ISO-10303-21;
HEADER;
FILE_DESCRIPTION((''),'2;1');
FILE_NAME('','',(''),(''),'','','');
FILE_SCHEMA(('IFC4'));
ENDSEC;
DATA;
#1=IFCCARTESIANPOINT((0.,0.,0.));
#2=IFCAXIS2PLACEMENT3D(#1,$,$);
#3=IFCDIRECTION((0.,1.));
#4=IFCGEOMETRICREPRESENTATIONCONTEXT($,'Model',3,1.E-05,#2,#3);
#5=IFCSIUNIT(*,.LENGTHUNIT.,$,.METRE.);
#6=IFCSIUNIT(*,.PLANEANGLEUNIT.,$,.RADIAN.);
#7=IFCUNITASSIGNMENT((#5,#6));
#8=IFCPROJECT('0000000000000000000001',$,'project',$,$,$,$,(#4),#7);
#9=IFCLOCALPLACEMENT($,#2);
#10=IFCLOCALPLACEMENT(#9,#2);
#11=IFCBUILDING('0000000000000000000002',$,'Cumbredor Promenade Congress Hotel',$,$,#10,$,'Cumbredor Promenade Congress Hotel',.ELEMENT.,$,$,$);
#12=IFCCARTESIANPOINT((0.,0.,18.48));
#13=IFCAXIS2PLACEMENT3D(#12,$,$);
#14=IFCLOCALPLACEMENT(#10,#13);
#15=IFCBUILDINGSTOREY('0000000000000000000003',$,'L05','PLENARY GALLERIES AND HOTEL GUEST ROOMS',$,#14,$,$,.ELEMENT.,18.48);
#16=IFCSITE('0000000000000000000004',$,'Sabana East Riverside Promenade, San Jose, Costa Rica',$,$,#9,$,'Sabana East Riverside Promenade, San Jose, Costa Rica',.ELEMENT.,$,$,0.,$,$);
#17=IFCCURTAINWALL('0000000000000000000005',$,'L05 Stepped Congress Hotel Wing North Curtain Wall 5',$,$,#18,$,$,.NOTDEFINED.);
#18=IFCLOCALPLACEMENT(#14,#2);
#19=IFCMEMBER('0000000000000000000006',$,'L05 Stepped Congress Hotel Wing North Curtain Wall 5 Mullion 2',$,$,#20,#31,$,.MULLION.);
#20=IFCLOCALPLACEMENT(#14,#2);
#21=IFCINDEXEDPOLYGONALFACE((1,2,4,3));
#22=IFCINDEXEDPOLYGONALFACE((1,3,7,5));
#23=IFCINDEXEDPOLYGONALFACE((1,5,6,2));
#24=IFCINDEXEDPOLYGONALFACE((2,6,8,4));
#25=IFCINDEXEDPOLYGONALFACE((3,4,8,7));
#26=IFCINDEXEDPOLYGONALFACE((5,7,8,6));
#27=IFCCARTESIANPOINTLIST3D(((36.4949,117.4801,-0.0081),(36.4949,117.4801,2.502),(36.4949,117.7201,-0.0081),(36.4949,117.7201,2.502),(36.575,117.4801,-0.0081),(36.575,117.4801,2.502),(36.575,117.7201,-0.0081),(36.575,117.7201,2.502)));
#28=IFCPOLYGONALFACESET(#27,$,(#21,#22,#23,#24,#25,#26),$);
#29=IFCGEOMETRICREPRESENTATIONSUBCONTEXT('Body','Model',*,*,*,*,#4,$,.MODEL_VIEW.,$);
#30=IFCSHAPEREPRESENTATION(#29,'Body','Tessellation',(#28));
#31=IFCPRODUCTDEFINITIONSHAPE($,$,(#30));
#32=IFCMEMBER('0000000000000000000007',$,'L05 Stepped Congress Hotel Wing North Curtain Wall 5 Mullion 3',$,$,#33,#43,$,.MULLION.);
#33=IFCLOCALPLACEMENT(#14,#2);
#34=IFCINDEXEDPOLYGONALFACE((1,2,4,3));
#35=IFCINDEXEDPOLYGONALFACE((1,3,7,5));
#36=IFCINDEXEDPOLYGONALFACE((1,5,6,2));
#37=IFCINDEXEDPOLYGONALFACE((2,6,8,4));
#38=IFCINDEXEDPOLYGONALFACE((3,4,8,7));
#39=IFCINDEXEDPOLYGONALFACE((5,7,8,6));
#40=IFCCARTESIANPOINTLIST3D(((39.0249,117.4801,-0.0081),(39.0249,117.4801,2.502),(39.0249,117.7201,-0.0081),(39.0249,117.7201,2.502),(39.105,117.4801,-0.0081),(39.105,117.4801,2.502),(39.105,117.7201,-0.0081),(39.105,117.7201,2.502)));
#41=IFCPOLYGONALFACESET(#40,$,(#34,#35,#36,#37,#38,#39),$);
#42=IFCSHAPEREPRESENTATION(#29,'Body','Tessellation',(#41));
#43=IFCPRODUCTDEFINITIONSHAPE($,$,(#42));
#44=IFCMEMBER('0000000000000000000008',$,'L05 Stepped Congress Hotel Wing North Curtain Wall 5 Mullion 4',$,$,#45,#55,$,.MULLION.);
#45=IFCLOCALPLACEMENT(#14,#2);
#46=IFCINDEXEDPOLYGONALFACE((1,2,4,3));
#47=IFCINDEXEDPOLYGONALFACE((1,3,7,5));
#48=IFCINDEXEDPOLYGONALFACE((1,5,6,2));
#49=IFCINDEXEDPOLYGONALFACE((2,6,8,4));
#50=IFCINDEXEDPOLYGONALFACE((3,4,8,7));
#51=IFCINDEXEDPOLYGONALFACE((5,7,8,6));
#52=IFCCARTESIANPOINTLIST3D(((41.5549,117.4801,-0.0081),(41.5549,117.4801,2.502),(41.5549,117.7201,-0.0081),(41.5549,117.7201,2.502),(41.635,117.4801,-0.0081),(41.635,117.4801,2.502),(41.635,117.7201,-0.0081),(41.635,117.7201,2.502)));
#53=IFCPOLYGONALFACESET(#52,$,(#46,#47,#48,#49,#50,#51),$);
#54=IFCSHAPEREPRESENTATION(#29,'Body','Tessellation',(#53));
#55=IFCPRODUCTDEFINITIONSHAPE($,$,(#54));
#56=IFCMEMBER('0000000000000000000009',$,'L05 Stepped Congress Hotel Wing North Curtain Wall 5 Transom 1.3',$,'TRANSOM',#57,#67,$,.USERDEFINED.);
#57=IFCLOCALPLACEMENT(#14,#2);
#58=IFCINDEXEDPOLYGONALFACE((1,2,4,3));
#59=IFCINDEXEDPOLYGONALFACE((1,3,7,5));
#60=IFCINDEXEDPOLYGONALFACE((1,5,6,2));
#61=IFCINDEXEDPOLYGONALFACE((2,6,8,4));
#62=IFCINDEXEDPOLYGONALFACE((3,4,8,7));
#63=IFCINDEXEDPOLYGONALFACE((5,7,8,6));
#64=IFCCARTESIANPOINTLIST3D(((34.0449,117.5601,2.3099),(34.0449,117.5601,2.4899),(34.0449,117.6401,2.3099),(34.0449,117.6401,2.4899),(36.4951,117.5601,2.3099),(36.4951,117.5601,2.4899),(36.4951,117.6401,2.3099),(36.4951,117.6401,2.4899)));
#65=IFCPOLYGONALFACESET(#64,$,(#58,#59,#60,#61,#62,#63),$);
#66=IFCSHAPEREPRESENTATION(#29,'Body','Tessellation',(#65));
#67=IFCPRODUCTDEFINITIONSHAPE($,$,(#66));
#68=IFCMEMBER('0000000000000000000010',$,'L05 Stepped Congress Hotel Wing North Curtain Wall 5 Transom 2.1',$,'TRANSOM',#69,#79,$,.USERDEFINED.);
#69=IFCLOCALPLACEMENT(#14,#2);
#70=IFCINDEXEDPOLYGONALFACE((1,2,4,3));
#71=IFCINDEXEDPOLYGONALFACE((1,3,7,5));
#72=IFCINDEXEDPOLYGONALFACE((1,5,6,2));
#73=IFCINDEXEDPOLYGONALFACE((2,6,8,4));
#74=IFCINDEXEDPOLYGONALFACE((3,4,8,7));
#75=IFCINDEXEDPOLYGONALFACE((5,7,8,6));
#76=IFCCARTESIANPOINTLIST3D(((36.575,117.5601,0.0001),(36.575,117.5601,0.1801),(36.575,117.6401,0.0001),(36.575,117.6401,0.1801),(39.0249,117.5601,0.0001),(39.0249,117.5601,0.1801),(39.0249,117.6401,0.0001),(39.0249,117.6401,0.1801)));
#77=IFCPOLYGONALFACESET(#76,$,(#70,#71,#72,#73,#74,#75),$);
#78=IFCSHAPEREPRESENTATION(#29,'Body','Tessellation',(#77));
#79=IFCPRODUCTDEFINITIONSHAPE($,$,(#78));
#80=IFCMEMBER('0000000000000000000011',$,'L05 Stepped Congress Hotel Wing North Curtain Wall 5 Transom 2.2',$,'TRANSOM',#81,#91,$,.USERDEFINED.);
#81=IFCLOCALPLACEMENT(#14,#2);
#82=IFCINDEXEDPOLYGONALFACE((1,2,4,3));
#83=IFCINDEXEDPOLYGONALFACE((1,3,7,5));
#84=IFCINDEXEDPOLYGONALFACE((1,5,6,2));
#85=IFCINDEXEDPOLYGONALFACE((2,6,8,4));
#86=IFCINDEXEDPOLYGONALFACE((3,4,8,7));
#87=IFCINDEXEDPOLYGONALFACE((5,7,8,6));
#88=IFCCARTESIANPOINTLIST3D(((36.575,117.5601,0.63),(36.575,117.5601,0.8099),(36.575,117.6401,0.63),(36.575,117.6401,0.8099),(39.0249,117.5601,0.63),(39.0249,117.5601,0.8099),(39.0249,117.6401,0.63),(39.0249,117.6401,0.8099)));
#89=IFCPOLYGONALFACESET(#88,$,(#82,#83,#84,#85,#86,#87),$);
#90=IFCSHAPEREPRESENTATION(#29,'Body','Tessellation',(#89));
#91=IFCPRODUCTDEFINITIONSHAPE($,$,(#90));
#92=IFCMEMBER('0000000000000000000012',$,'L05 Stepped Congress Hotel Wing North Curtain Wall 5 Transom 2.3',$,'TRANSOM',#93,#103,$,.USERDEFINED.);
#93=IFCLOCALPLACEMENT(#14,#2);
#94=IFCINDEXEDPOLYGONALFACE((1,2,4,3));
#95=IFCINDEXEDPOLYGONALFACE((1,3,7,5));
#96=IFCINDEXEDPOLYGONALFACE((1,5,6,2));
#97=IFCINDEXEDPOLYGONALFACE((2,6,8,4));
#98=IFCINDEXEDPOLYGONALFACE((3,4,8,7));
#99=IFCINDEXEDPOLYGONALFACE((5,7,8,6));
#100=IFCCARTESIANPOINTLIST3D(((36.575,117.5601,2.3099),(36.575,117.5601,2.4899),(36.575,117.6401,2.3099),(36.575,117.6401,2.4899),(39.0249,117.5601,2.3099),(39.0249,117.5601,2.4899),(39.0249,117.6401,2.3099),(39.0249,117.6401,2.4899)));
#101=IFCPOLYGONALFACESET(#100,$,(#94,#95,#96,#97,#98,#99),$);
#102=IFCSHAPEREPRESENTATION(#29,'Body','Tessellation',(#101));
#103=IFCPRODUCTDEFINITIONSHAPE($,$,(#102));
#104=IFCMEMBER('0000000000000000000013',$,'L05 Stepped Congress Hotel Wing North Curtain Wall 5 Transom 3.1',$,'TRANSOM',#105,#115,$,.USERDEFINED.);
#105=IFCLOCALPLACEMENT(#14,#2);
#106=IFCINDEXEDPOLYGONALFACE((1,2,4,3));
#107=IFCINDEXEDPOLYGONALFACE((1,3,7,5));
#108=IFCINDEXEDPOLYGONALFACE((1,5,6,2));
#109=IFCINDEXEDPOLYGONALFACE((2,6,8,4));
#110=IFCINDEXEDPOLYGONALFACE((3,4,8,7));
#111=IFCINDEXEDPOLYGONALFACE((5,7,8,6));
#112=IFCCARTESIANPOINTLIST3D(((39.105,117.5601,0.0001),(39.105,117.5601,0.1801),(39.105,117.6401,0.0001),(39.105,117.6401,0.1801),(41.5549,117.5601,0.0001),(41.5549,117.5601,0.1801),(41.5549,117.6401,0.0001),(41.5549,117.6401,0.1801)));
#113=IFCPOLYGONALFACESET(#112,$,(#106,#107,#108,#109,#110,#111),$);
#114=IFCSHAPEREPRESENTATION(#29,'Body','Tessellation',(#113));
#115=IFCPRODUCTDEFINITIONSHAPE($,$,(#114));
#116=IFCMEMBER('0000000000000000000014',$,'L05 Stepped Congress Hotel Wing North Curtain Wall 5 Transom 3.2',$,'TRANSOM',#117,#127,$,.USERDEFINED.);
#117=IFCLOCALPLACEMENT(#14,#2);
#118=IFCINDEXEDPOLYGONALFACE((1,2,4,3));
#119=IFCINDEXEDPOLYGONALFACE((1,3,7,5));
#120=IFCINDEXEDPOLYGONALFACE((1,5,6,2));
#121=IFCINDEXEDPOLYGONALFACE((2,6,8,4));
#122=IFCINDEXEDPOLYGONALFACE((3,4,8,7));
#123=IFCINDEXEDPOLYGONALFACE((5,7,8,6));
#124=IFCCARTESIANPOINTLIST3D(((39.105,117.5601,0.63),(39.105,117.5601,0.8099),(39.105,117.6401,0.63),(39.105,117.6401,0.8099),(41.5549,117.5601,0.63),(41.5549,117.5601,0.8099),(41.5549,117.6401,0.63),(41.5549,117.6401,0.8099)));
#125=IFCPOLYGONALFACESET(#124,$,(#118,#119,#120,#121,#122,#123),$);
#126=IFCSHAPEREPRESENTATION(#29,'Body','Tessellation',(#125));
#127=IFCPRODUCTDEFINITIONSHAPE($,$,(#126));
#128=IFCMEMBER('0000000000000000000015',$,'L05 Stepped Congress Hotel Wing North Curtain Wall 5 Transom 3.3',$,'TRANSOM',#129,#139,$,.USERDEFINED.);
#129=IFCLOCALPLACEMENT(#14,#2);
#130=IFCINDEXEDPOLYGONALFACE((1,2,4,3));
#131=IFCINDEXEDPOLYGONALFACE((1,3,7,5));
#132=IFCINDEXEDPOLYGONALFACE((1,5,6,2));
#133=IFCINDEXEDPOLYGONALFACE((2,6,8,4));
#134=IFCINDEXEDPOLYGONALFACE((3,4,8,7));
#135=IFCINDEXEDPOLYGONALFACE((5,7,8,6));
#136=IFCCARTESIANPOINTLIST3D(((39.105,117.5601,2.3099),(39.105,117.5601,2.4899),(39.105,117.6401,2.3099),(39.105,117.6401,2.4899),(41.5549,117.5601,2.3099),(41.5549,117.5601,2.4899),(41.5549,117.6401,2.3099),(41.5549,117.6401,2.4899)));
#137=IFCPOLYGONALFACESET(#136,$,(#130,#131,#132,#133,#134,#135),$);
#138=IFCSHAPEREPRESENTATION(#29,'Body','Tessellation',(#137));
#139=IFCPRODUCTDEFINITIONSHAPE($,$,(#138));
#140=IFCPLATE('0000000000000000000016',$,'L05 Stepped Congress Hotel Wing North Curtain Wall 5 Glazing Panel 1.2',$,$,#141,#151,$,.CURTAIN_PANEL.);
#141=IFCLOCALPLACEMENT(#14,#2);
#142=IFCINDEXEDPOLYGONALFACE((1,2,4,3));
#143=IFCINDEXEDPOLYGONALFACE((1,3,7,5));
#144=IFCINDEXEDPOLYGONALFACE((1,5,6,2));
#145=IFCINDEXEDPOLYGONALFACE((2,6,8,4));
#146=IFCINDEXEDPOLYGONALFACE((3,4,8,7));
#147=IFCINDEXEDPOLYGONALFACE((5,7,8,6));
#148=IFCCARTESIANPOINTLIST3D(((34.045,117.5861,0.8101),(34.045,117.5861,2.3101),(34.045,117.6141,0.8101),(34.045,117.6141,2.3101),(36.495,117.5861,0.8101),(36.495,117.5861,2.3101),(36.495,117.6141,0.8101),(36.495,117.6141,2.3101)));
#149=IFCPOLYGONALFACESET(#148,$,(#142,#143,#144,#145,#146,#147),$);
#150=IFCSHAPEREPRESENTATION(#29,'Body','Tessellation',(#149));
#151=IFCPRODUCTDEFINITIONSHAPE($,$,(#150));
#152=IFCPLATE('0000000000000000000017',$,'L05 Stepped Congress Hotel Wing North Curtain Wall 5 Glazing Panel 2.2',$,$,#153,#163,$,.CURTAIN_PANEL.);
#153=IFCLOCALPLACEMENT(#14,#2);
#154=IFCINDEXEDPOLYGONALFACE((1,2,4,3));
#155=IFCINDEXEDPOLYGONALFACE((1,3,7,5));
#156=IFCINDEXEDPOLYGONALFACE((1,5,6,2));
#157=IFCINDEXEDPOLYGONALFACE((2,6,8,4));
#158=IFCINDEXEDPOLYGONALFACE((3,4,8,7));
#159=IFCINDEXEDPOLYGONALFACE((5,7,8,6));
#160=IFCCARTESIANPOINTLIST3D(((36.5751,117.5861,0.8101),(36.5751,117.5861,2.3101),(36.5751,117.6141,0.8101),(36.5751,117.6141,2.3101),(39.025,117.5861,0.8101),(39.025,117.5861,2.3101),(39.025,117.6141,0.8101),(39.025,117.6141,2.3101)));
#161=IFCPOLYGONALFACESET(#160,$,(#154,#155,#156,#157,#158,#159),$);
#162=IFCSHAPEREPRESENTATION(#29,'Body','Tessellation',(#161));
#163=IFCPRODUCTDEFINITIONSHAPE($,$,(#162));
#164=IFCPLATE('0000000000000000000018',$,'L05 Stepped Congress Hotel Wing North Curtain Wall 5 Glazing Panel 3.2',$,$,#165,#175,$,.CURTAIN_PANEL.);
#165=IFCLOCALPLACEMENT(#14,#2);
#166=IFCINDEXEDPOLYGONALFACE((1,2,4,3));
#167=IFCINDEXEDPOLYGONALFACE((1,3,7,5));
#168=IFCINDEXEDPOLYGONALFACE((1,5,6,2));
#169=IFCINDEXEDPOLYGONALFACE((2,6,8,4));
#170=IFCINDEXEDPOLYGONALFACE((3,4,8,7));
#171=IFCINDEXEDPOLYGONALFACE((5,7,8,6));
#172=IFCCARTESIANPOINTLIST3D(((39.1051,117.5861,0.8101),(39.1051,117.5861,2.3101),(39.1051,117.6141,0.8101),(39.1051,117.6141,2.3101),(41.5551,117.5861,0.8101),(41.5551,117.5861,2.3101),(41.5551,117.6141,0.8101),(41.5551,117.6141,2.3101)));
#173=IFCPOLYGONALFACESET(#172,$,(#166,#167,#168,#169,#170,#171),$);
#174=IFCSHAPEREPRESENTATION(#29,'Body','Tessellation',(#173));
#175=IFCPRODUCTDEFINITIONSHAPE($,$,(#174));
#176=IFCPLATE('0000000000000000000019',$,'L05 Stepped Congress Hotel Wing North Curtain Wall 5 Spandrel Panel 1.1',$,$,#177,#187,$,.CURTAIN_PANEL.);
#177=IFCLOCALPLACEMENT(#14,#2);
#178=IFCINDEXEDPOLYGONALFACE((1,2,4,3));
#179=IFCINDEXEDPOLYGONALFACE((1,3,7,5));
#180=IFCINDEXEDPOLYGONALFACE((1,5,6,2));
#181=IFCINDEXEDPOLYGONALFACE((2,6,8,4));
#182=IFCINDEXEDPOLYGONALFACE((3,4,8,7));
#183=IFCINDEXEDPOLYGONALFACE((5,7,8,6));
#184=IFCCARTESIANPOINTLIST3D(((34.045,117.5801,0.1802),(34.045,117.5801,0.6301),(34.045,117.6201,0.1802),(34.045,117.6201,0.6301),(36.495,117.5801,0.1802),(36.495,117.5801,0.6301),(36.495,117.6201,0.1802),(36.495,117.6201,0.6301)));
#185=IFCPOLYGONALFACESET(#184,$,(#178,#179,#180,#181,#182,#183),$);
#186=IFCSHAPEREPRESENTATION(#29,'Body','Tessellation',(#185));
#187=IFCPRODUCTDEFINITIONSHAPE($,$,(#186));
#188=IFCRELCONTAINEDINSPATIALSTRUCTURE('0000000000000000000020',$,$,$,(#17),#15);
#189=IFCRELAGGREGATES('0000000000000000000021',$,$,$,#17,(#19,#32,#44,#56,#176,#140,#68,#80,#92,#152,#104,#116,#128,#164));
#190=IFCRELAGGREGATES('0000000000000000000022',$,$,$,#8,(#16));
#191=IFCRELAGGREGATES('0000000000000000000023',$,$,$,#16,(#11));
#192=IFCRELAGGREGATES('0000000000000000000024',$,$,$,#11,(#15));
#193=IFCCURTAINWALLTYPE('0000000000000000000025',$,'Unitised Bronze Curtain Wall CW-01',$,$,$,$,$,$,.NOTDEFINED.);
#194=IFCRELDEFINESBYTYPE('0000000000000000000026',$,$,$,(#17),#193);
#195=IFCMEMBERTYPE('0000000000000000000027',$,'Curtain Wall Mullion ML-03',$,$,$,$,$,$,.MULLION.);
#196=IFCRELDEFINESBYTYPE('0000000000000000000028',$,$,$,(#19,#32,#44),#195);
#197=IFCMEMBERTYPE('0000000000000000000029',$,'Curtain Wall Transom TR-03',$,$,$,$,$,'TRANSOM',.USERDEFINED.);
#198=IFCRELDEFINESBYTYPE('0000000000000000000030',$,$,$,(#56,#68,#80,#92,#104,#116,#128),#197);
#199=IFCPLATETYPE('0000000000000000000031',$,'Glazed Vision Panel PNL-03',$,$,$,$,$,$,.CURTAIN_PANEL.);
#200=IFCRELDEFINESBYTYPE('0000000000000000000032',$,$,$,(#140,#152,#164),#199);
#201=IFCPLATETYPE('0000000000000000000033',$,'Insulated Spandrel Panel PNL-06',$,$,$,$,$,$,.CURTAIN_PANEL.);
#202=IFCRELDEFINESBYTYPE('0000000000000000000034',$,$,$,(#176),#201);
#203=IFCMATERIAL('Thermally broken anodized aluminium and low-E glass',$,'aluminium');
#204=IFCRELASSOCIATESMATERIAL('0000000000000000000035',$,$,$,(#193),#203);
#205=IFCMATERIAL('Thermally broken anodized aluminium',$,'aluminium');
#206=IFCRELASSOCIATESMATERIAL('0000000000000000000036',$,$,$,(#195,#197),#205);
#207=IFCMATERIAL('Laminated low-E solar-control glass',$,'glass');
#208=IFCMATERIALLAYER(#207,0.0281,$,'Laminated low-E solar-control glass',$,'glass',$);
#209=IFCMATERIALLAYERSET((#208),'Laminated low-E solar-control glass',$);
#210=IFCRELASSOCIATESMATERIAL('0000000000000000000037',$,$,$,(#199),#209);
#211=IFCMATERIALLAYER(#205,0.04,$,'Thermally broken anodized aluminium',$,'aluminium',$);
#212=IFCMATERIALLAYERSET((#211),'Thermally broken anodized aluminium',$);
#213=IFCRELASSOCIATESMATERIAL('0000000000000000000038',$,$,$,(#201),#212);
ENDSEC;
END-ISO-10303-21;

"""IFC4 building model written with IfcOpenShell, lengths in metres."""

from ifc_helpers import new_model, si_unit, direction, frame, origin, origin_2d, place, context, subcontext, project, spatial, rectangle, extrude, material, layer, layer_set, material_profile, profile_set, type_object, element, aggregate, save


model = new_model("IFC4")

# Units and contexts
model_context = context("Model", 3, precision=1e-05, world=origin(), true_north=direction((0.0, 1.0)))
body_context = subcontext(model_context, "Body", "Model", "MODEL_VIEW")
ifc_project = project(units=[si_unit("LENGTHUNIT", "METRE"), si_unit("PLANEANGLEUNIT", "RADIAN")], contexts=[model_context])

# Site, building, storey
site_placement = place(None, origin())
site = spatial("IfcSite", under=ifc_project, at=site_placement, Name="Sabana East Riverside Promenade, San Jose, Costa Rica", LongName="Sabana East Riverside Promenade, San Jose, Costa Rica", CompositionType="ELEMENT", RefElevation=0.0)
building_placement = place(site_placement, origin())
building = spatial("IfcBuilding", under=site, at=building_placement, Name="Cumbredor Promenade Congress Hotel", LongName="Cumbredor Promenade Congress Hotel", CompositionType="ELEMENT")
storey_placement = place(building_placement, frame((0.0, 0.0, 18.48)))
storey = spatial("IfcBuildingStorey", under=building, at=storey_placement, Name="L05", Description="PLENARY GALLERIES AND HOTEL GUEST ROOMS", CompositionType="ELEMENT", Elevation=18.48)

# Curtain wall, members, plates
ifc_material_1 = material(Name="Thermally broken anodized aluminium and low-E glass", Category="aluminium")
curtain_wall_type = type_object("IfcCurtainWallType", Name="Unitised Bronze Curtain Wall CW-01", PredefinedType="NOTDEFINED", material=ifc_material_1)
curtain_wall_placement = place(storey_placement, origin())
curtain_wall = element("IfcCurtainWall", 1, at=curtain_wall_placement, inside=storey, type_object=curtain_wall_type, Name="L05 Stepped Congress Hotel Wing North Curtain Wall 5", PredefinedType="NOTDEFINED")
ifc_material_2 = material(Name="Thermally broken anodized aluminium", Category="aluminium")
ifc_material_profile_1 = material_profile(ifc_material_2, rectangle(XDim=0.0801, YDim=0.24, at=origin_2d()), Name="ALU MULLION 80x240")
ifc_profile_set_1 = profile_set([ifc_material_profile_1], Name="Thermally broken anodized aluminium")
member_type_1 = type_object("IfcMemberType", Name="Curtain Wall Mullion ML-03", PredefinedType="MULLION", material=ifc_profile_set_1)
member_1_placement = place(storey_placement, frame((36.5349, 117.6001, -0.0081), z_axis=(0.0, 0.0, 1.0), x_axis=(1.0, 0.0, 0.0)))
member_1 = element("IfcMember", 2, at=member_1_placement, type_object=member_type_1, Name="L05 Stepped Congress Hotel Wing North Curtain Wall 5 Mullion 2", PredefinedType="MULLION", context=body_context, shape_type="SweptSolid", body=[
    extrude(rectangle(XDim=0.0801, YDim=0.24, at=origin_2d()), origin(), (0.0, 0.0, 1.0), 2.51),
])
member_2_placement = place(storey_placement, frame((39.0649, 117.6001, -0.0081), z_axis=(0.0, 0.0, 1.0), x_axis=(1.0, 0.0, 0.0)))
member_2 = element("IfcMember", 3, at=member_2_placement, type_object=member_type_1, Name="L05 Stepped Congress Hotel Wing North Curtain Wall 5 Mullion 3", PredefinedType="MULLION", context=body_context, shape_type="SweptSolid", body=[
    extrude(rectangle(XDim=0.0801, YDim=0.24, at=origin_2d()), origin(), (0.0, 0.0, 1.0), 2.51),
])
member_3_placement = place(storey_placement, frame((41.595, 117.6001, -0.0081), z_axis=(0.0, 0.0, 1.0), x_axis=(1.0, 0.0, 0.0)))
member_3 = element("IfcMember", 4, at=member_3_placement, type_object=member_type_1, Name="L05 Stepped Congress Hotel Wing North Curtain Wall 5 Mullion 4", PredefinedType="MULLION", context=body_context, shape_type="SweptSolid", body=[
    extrude(rectangle(XDim=0.0801, YDim=0.24, at=origin_2d()), origin(), (0.0, 0.0, 1.0), 2.51),
])
ifc_material_profile_2 = material_profile(ifc_material_2, rectangle(XDim=0.0801, YDim=0.1799, at=origin_2d()), Name="ALU TRANSOM 80x180")
ifc_profile_set_2 = profile_set([ifc_material_profile_2], Name="Thermally broken anodized aluminium")
member_type_2 = type_object("IfcMemberType", Name="Curtain Wall Transom TR-03", ElementType="TRANSOM", PredefinedType="USERDEFINED", material=ifc_profile_set_2)
member_4_placement = place(storey_placement, frame((34.0449, 117.6001, 2.3999), z_axis=(1.0, 0.0, 0.0), x_axis=(0.0, 1.0, 0.0)))
member_4 = element("IfcMember", 5, at=member_4_placement, type_object=member_type_2, Name="L05 Stepped Congress Hotel Wing North Curtain Wall 5 Transom 1.3", ObjectType="TRANSOM", PredefinedType="USERDEFINED", context=body_context, shape_type="SweptSolid", body=[
    extrude(rectangle(XDim=0.0801, YDim=0.1799, at=origin_2d()), origin(), (0.0, 0.0, 1.0), 2.4502),
])
member_5_placement = place(storey_placement, frame((36.575, 117.6001, 0.0901), z_axis=(1.0, 0.0, 0.0), x_axis=(0.0, 1.0, 0.0)))
member_5 = element("IfcMember", 6, at=member_5_placement, type_object=member_type_2, Name="L05 Stepped Congress Hotel Wing North Curtain Wall 5 Transom 2.1", ObjectType="TRANSOM", PredefinedType="USERDEFINED", context=body_context, shape_type="SweptSolid", body=[
    extrude(rectangle(XDim=0.0801, YDim=0.1799, at=origin_2d()), origin(), (0.0, 0.0, 1.0), 2.45),
])
member_6_placement = place(storey_placement, frame((36.575, 117.6001, 0.72), z_axis=(1.0, 0.0, 0.0), x_axis=(0.0, 1.0, 0.0)))
member_6 = element("IfcMember", 7, at=member_6_placement, type_object=member_type_2, Name="L05 Stepped Congress Hotel Wing North Curtain Wall 5 Transom 2.2", ObjectType="TRANSOM", PredefinedType="USERDEFINED", context=body_context, shape_type="SweptSolid", body=[
    extrude(rectangle(XDim=0.0801, YDim=0.1799, at=origin_2d()), origin(), (0.0, 0.0, 1.0), 2.45),
])
member_7_placement = place(storey_placement, frame((36.575, 117.6001, 2.3999), z_axis=(1.0, 0.0, 0.0), x_axis=(0.0, 1.0, 0.0)))
member_7 = element("IfcMember", 8, at=member_7_placement, type_object=member_type_2, Name="L05 Stepped Congress Hotel Wing North Curtain Wall 5 Transom 2.3", ObjectType="TRANSOM", PredefinedType="USERDEFINED", context=body_context, shape_type="SweptSolid", body=[
    extrude(rectangle(XDim=0.0801, YDim=0.1799, at=origin_2d()), origin(), (0.0, 0.0, 1.0), 2.45),
])
member_8_placement = place(storey_placement, frame((39.105, 117.6001, 0.0901), z_axis=(1.0, 0.0, 0.0), x_axis=(0.0, 1.0, 0.0)))
member_8 = element("IfcMember", 9, at=member_8_placement, type_object=member_type_2, Name="L05 Stepped Congress Hotel Wing North Curtain Wall 5 Transom 3.1", ObjectType="TRANSOM", PredefinedType="USERDEFINED", context=body_context, shape_type="SweptSolid", body=[
    extrude(rectangle(XDim=0.0801, YDim=0.1799, at=origin_2d()), origin(), (0.0, 0.0, 1.0), 2.45),
])
member_9_placement = place(storey_placement, frame((39.105, 117.6001, 0.72), z_axis=(1.0, 0.0, 0.0), x_axis=(0.0, 1.0, 0.0)))
member_9 = element("IfcMember", 10, at=member_9_placement, type_object=member_type_2, Name="L05 Stepped Congress Hotel Wing North Curtain Wall 5 Transom 3.2", ObjectType="TRANSOM", PredefinedType="USERDEFINED", context=body_context, shape_type="SweptSolid", body=[
    extrude(rectangle(XDim=0.0801, YDim=0.1799, at=origin_2d()), origin(), (0.0, 0.0, 1.0), 2.45),
])
member_10_placement = place(storey_placement, frame((39.105, 117.6001, 2.3999), z_axis=(1.0, 0.0, 0.0), x_axis=(0.0, 1.0, 0.0)))
member_10 = element("IfcMember", 11, at=member_10_placement, type_object=member_type_2, Name="L05 Stepped Congress Hotel Wing North Curtain Wall 5 Transom 3.3", ObjectType="TRANSOM", PredefinedType="USERDEFINED", context=body_context, shape_type="SweptSolid", body=[
    extrude(rectangle(XDim=0.0801, YDim=0.1799, at=origin_2d()), origin(), (0.0, 0.0, 1.0), 2.45),
])
ifc_material_3 = material(Name="Laminated low-E solar-control glass", Category="glass")
ifc_layer_1 = layer(ifc_material_3, 0.0281, Name="Laminated low-E solar-control glass", Category="glass")
ifc_layer_set_1 = layer_set([ifc_layer_1], Name="Laminated low-E solar-control glass")
plate_type_1 = type_object("IfcPlateType", Name="Glazed Vision Panel PNL-03", PredefinedType="CURTAIN_PANEL", material=ifc_layer_set_1)
plate_1_placement = place(storey_placement, frame((35.27, 117.6001, 0.8101), z_axis=(0.0, 0.0, 1.0), x_axis=(1.0, 0.0, 0.0)))
plate_1 = element("IfcPlate", 12, at=plate_1_placement, type_object=plate_type_1, Name="L05 Stepped Congress Hotel Wing North Curtain Wall 5 Glazing Panel 1.2", PredefinedType="CURTAIN_PANEL", context=body_context, shape_type="SweptSolid", body=[
    extrude(rectangle(XDim=2.45, YDim=0.0281, at=origin_2d()), origin(), (0.0, 0.0, 1.0), 1.5),
])
plate_2_placement = place(storey_placement, frame((37.8, 117.6001, 0.8101), z_axis=(0.0, 0.0, 1.0), x_axis=(1.0, 0.0, 0.0)))
plate_2 = element("IfcPlate", 13, at=plate_2_placement, type_object=plate_type_1, Name="L05 Stepped Congress Hotel Wing North Curtain Wall 5 Glazing Panel 2.2", PredefinedType="CURTAIN_PANEL", context=body_context, shape_type="SweptSolid", body=[
    extrude(rectangle(XDim=2.45, YDim=0.0281, at=origin_2d()), origin(), (0.0, 0.0, 1.0), 1.5),
])
plate_3_placement = place(storey_placement, frame((40.3301, 117.6001, 0.8101), z_axis=(0.0, 0.0, 1.0), x_axis=(1.0, 0.0, 0.0)))
plate_3 = element("IfcPlate", 14, at=plate_3_placement, type_object=plate_type_1, Name="L05 Stepped Congress Hotel Wing North Curtain Wall 5 Glazing Panel 3.2", PredefinedType="CURTAIN_PANEL", context=body_context, shape_type="SweptSolid", body=[
    extrude(rectangle(XDim=2.45, YDim=0.0281, at=origin_2d()), origin(), (0.0, 0.0, 1.0), 1.5),
])
ifc_layer_2 = layer(ifc_material_2, 0.04, Name="Thermally broken anodized aluminium", Category="aluminium")
ifc_layer_set_2 = layer_set([ifc_layer_2], Name="Thermally broken anodized aluminium")
plate_type_2 = type_object("IfcPlateType", Name="Insulated Spandrel Panel PNL-06", PredefinedType="CURTAIN_PANEL", material=ifc_layer_set_2)
plate_4_placement = place(storey_placement, frame((35.27, 117.6001, 0.1802), z_axis=(0.0, 0.0, 1.0), x_axis=(1.0, 0.0, 0.0)))
plate_4 = element("IfcPlate", 15, at=plate_4_placement, type_object=plate_type_2, Name="L05 Stepped Congress Hotel Wing North Curtain Wall 5 Spandrel Panel 1.1", PredefinedType="CURTAIN_PANEL", context=body_context, shape_type="SweptSolid", body=[
    extrude(rectangle(XDim=2.45, YDim=0.04, at=origin_2d()), origin(), (0.0, 0.0, 1.0), 0.45),
])
aggregate(curtain_wall, [member_1, member_2, member_3, member_4, plate_4, plate_1, member_5, member_6, member_7, plate_2, member_8, member_9, member_10, plate_3])

save(model, "model.ifc")
